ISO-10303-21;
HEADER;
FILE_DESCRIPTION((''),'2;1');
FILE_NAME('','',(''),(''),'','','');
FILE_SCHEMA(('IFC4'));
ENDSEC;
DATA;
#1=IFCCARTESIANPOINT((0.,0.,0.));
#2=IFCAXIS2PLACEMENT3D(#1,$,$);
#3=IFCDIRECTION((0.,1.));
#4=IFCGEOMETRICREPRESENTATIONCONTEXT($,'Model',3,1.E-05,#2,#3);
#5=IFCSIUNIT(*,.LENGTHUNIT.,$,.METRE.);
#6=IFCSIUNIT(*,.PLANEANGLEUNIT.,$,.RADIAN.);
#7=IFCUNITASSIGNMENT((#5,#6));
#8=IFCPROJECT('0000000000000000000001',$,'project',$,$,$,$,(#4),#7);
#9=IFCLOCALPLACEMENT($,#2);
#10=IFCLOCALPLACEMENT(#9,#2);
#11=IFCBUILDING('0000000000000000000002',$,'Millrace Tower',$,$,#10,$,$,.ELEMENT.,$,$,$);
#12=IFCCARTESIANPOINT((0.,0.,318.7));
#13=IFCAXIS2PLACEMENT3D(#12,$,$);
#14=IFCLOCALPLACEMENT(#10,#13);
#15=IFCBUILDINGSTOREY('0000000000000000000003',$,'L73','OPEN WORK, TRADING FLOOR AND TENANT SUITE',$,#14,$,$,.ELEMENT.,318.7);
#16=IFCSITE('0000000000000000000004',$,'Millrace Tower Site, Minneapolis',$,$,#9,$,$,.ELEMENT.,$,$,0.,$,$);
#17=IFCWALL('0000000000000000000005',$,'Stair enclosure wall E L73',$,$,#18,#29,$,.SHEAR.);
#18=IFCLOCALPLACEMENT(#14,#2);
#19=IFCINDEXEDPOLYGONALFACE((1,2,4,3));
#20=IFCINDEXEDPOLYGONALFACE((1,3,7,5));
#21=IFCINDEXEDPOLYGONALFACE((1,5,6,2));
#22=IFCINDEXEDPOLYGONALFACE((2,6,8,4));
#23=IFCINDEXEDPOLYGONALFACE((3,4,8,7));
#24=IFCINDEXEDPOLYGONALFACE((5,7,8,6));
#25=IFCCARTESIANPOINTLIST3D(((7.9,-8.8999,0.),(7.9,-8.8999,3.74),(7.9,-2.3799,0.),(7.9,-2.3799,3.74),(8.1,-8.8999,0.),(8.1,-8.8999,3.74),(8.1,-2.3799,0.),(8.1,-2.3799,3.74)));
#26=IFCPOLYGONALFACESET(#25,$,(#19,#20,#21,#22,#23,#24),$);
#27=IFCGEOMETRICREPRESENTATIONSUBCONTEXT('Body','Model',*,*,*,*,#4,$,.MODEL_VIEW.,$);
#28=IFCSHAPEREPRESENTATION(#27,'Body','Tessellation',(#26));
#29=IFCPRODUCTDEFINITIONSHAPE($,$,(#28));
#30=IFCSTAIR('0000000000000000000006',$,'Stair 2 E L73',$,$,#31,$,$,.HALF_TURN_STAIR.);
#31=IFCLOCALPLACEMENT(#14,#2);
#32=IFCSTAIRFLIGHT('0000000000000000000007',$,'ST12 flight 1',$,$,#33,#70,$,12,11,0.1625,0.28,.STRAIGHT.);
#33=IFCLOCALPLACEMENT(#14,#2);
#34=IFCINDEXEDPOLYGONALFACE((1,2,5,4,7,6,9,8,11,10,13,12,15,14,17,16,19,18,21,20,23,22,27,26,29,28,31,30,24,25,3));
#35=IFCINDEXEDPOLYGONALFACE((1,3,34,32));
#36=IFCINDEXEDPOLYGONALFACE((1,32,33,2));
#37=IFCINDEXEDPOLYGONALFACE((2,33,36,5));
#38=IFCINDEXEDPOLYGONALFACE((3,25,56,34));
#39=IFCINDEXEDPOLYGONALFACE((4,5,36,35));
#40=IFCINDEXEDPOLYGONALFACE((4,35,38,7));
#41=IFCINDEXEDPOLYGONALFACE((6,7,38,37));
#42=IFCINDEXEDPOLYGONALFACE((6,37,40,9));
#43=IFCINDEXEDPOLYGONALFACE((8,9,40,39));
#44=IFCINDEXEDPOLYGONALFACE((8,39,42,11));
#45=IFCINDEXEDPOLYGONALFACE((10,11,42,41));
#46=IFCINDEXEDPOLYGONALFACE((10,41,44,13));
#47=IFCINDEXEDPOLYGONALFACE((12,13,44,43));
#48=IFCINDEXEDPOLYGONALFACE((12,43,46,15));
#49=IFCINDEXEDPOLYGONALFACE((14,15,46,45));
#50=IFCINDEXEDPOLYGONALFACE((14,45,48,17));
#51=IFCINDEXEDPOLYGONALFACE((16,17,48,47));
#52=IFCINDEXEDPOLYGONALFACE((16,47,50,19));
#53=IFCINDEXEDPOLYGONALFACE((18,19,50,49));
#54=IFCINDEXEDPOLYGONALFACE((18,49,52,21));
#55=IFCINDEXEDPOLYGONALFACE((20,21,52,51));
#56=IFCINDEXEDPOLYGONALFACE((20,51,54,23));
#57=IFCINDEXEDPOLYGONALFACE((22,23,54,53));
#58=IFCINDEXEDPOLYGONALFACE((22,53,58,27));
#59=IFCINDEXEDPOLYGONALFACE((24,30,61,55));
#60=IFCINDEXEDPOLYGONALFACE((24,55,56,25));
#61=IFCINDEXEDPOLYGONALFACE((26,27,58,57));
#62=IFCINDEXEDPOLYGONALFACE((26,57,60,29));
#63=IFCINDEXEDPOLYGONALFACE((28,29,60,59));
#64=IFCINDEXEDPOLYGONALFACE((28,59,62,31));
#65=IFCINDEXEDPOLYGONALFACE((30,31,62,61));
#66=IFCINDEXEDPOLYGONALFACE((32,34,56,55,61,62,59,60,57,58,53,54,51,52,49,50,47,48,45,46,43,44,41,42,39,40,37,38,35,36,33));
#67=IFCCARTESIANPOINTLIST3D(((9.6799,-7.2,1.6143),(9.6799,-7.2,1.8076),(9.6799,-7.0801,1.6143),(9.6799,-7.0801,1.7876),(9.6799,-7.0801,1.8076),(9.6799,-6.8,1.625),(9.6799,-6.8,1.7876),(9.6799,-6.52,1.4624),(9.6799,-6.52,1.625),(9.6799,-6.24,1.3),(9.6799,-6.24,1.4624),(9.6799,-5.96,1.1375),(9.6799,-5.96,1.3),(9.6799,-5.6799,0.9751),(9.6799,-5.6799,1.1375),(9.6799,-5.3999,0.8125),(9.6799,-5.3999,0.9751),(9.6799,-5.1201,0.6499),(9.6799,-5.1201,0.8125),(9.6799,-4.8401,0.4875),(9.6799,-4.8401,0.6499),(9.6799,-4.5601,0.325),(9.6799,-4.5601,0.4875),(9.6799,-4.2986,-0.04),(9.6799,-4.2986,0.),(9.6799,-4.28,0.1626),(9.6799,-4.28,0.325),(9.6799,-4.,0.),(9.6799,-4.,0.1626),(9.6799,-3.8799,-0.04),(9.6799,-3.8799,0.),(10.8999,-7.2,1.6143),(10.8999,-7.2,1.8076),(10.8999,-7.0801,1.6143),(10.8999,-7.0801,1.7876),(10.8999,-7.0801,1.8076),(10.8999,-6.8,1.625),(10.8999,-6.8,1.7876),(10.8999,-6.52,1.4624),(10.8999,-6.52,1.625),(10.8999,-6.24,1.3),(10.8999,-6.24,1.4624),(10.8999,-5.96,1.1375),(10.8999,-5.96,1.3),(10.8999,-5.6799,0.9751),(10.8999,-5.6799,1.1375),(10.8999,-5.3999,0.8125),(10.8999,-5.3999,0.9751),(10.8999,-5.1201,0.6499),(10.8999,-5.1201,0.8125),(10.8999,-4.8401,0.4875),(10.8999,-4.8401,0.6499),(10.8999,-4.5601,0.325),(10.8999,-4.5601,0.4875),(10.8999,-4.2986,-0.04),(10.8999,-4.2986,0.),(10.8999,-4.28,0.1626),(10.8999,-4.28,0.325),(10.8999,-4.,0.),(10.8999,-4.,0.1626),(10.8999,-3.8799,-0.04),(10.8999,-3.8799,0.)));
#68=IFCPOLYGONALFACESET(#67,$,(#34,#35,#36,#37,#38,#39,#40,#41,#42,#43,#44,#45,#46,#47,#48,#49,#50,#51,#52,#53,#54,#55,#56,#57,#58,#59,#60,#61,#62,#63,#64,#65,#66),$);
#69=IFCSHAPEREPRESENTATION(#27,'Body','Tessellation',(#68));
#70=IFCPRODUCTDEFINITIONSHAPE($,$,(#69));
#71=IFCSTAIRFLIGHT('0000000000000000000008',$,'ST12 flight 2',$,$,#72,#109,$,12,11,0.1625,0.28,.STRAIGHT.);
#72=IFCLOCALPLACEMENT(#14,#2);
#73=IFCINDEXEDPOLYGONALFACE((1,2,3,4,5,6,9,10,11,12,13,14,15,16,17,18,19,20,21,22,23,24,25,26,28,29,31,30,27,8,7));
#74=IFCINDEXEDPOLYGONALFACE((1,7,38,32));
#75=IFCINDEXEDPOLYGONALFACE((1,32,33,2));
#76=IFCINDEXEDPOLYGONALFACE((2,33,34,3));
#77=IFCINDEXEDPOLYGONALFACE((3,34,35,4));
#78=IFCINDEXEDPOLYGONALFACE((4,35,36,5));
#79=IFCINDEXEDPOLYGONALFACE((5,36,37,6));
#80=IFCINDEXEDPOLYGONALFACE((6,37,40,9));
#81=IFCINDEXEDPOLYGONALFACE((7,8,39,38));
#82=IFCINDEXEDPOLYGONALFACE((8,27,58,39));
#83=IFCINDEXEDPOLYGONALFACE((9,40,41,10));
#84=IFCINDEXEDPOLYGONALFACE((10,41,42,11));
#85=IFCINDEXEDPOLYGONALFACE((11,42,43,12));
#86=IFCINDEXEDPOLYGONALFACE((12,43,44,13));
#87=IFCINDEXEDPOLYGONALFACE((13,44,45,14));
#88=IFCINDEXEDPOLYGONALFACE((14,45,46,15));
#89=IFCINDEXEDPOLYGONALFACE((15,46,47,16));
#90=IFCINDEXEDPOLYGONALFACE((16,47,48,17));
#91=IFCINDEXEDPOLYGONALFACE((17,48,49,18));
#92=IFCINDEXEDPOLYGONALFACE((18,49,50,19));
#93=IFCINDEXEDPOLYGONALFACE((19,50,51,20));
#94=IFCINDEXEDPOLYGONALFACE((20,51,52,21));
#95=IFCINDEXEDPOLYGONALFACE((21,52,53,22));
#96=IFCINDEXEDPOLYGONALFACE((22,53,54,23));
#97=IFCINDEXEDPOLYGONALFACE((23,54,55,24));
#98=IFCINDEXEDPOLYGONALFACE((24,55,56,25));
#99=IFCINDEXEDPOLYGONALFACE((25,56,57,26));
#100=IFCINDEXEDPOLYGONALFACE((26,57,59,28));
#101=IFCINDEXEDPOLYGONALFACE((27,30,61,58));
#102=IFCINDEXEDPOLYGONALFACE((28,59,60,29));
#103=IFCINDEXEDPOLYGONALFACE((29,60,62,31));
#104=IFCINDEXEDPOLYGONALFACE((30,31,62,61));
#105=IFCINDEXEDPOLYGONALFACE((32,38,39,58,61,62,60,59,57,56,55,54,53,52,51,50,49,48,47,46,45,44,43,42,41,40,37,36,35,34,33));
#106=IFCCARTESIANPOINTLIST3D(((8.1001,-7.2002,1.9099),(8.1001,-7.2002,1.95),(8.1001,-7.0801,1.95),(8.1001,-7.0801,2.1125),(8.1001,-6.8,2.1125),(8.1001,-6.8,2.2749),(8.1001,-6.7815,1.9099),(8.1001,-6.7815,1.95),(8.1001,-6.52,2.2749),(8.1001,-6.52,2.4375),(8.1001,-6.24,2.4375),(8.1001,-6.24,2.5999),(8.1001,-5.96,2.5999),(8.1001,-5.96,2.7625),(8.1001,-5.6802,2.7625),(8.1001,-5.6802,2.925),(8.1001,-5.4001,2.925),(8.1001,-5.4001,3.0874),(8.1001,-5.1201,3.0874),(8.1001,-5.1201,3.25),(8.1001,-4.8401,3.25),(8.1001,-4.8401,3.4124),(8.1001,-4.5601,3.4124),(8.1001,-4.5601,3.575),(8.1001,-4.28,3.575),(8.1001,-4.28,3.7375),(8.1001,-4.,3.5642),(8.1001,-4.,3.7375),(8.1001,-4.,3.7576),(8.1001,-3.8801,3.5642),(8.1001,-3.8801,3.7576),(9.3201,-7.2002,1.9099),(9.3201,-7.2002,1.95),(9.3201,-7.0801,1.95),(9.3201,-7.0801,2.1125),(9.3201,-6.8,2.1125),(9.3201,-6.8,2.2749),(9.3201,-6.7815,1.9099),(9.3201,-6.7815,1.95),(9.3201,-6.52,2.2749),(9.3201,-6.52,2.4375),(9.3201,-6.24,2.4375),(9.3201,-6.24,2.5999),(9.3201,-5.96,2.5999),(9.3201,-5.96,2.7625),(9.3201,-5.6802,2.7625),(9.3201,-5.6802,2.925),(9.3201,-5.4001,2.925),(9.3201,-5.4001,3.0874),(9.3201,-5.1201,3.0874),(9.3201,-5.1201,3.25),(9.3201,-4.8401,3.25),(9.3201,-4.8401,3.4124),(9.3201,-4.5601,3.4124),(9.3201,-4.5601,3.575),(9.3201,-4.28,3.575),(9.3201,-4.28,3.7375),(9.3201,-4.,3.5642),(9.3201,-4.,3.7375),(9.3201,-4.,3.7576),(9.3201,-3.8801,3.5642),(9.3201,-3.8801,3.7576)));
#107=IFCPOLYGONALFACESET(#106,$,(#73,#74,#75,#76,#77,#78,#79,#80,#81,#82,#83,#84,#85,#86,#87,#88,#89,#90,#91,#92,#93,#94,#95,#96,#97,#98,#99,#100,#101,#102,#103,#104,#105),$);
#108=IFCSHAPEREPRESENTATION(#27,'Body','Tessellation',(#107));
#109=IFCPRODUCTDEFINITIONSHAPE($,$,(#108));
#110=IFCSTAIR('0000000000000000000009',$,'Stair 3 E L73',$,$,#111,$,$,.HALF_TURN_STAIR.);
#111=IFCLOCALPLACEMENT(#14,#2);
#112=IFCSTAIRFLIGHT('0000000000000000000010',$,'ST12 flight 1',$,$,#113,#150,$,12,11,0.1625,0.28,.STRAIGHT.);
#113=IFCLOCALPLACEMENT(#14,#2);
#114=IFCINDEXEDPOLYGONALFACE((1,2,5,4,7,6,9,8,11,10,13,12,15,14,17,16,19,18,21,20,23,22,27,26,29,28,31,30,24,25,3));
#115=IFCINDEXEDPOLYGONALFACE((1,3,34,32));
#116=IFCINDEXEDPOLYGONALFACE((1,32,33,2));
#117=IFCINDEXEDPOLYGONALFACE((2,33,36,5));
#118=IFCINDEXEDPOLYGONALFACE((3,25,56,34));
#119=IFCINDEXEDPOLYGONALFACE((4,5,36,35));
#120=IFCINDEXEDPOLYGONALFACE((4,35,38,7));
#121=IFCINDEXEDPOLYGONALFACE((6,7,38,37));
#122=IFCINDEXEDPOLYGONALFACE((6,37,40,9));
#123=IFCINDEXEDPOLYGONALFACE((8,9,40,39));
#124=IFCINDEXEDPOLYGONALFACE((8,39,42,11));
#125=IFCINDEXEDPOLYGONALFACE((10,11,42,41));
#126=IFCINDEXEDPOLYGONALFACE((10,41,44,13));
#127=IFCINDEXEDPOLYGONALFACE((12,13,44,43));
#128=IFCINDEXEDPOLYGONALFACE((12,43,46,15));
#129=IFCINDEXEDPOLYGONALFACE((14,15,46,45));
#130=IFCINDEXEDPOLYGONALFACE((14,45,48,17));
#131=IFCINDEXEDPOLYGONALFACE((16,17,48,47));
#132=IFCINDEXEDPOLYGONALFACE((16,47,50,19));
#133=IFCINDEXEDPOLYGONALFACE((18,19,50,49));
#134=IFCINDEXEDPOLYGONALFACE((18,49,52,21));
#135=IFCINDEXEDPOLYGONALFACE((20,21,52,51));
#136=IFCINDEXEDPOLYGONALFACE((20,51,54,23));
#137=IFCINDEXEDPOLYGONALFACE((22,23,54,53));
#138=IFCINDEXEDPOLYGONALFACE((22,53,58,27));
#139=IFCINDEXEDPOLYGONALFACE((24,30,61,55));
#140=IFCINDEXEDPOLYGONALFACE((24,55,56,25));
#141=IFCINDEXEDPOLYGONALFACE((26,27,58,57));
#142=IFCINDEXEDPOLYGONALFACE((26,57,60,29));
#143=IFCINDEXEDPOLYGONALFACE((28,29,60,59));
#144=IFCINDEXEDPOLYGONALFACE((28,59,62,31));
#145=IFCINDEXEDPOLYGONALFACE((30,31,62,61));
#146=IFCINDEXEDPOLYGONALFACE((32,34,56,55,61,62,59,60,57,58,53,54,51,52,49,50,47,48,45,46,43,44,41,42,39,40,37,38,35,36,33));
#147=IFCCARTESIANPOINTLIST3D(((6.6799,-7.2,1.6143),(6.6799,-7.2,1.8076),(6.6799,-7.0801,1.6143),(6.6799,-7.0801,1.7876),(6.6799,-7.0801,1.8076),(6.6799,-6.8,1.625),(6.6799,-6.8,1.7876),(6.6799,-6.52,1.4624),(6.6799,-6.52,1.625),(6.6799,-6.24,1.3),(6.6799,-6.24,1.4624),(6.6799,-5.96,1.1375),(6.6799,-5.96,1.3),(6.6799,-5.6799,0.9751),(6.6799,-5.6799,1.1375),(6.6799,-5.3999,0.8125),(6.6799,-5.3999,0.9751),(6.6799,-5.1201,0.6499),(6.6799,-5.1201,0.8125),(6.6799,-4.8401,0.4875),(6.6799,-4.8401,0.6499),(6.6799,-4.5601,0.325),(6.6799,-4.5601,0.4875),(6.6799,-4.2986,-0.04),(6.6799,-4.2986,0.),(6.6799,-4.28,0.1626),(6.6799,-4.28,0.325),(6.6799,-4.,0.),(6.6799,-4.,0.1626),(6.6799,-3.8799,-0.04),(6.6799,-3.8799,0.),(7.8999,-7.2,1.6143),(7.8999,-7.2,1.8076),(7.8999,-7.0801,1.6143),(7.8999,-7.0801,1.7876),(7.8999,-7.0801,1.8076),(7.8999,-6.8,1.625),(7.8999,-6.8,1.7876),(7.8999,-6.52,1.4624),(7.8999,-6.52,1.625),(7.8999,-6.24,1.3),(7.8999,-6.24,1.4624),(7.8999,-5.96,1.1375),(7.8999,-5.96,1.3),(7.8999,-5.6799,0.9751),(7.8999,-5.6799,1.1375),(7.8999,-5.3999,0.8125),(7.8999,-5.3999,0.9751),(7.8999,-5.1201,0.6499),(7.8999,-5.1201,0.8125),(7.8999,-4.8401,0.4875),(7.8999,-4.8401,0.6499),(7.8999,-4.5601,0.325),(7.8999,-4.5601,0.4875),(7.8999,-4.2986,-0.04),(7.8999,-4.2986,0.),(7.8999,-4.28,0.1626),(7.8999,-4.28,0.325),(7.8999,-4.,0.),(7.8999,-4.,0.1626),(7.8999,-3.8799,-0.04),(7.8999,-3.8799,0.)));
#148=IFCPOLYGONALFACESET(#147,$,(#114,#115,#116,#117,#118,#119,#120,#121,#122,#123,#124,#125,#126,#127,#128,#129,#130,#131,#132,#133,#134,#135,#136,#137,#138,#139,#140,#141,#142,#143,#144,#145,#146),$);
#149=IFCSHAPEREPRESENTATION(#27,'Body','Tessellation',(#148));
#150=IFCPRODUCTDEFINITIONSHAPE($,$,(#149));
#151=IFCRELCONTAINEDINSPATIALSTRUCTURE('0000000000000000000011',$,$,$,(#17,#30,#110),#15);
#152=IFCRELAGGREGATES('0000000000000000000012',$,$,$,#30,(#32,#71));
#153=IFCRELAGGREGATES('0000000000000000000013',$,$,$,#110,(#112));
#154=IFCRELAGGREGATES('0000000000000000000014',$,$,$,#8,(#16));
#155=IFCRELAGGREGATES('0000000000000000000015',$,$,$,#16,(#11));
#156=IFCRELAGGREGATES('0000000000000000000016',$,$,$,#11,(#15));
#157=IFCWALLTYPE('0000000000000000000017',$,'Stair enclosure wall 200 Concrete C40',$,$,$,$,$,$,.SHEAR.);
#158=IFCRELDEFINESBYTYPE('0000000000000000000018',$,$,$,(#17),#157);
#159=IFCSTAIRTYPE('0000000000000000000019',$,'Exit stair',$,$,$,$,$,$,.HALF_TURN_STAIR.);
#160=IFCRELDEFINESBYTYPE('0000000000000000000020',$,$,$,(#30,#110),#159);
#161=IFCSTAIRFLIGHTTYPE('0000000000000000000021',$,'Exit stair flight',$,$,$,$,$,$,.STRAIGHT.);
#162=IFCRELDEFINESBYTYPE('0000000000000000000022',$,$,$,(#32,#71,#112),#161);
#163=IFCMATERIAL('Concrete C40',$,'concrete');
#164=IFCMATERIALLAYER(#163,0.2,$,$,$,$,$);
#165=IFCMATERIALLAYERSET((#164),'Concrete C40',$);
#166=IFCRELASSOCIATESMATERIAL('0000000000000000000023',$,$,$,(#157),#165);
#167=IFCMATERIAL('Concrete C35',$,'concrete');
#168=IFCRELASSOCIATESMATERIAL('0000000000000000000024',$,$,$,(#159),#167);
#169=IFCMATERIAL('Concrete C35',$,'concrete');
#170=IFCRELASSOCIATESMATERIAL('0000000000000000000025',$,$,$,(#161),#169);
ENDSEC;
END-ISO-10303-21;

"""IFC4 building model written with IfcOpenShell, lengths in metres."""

from ifc_helpers import new_model, si_unit, direction, frame, frame_2d, origin, place, context, subcontext, project, spatial, polyline, rectangle, outline, extrude, material, layer, layer_set, type_object, element, aggregate, save


model = new_model("IFC4")

# Units and contexts
model_context = context("Model", 3, precision=1e-05, world=origin(), true_north=direction((0.0, 1.0)))
body_context = subcontext(model_context, "Body", "Model", "MODEL_VIEW")
ifc_project = project(units=[si_unit("LENGTHUNIT", "METRE"), si_unit("PLANEANGLEUNIT", "RADIAN")], contexts=[model_context])

# Site, building, storey
site_placement = place(None, origin())
site = spatial("IfcSite", under=ifc_project, at=site_placement, Name="Millrace Tower Site, Minneapolis", CompositionType="ELEMENT", RefElevation=0.0)
building_placement = place(site_placement, origin())
building = spatial("IfcBuilding", under=site, at=building_placement, Name="Millrace Tower", CompositionType="ELEMENT")
storey_placement = place(building_placement, frame((0.0, 0.0, 318.7)))
storey = spatial("IfcBuildingStorey", under=building, at=storey_placement, Name="L73", Description="OPEN WORK, TRADING FLOOR AND TENANT SUITE", CompositionType="ELEMENT", Elevation=318.7)

# Shared definitions
placement = place(storey_placement, origin())

# Wall
ifc_material_1 = material(Name="Concrete C40", Category="concrete")
ifc_layer_1 = layer(ifc_material_1, 0.2)
ifc_layer_set_1 = layer_set([ifc_layer_1], Name="Concrete C40")
wall_type_1 = type_object("IfcWallType", Name="Stair enclosure wall 200 Concrete C40", PredefinedType="SHEAR", material=ifc_layer_set_1)
wall_1_placement = place(storey_placement, frame((8.0, -2.3799, 0.0), z_axis=(0.0, 0.0, 1.0), x_axis=(0.0, -1.0, 0.0)))
element("IfcWall", 1, at=wall_1_placement, inside=storey, type_object=wall_type_1, Name="Stair enclosure wall E L73", PredefinedType="SHEAR", context=body_context, shape_type="SweptSolid", body=[
    extrude(rectangle(XDim=6.52, YDim=0.2, at=frame_2d((3.26, 0.0))), origin(), (0.0, 0.0, 1.0), 3.74),
])

# Stairs, stair flights
ifc_material_2 = material(Name="Concrete C35", Category="concrete")
stair_type = type_object("IfcStairType", Name="Exit stair", PredefinedType="HALF_TURN_STAIR", material=ifc_material_2)
stair_1 = element("IfcStair", 2, at=placement, inside=storey, type_object=stair_type, Name="Stair 2 E L73", PredefinedType="HALF_TURN_STAIR")
ifc_material_3 = material(Name="Concrete C35", Category="concrete")
stair_flight_type = type_object("IfcStairFlightType", Name="Exit stair flight", PredefinedType="STRAIGHT", material=ifc_material_3)
stair_flight_1_placement = place(storey_placement, frame((10.29, -4.0, 0.0), z_axis=(0.0, 0.0, 1.0), x_axis=(0.0, -1.0, 0.0)))
stair_flight_1 = element("IfcStairFlight", 3, at=stair_flight_1_placement, type_object=stair_flight_type, Name="ST12 flight 1", NumberOfRisers=12, NumberOfTreads=11, PredefinedType="STRAIGHT", RiserHeight=0.1625, TreadLength=0.28, context=body_context, shape_type="SweptSolid", body=[
    extrude(outline(polyline([(-0.1201, -0.04), (-0.1201, 0.0), (0.0, 0.0), (0.0, 0.1626), (0.28, 0.1626), (0.28, 0.325), (0.5601, 0.325), (0.5601, 0.4875), (0.8401, 0.4875), (0.8401, 0.6499), (1.1201, 0.6499), (1.1201, 0.8125), (1.3999, 0.8125), (1.3999, 0.9751), (1.6799, 0.9751), (1.6799, 1.1375), (1.96, 1.1375), (1.96, 1.3), (2.24, 1.3), (2.24, 1.4624), (2.52, 1.4624), (2.52, 1.625), (2.8, 1.625), (2.8, 1.7876), (3.0801, 1.7876), (3.0801, 1.8076), (3.2, 1.8076), (3.2, 1.6143), (3.0801, 1.6143), (0.2986, 0.0), (0.2986, -0.04), (-0.1201, -0.04)])), frame((0.0, 0.6099, 0.0), z_axis=(0.0, -1.0, 0.0), x_axis=(1.0, 0.0, 0.0)), (0.0, 0.0, 1.0), 1.22),
])
stair_flight_2_placement = place(storey_placement, frame((8.71, -7.0801, 1.95), z_axis=(0.0, 0.0, 1.0), x_axis=(0.0, 1.0, 0.0)))
stair_flight_2 = element("IfcStairFlight", 4, at=stair_flight_2_placement, type_object=stair_flight_type, Name="ST12 flight 2", NumberOfRisers=12, NumberOfTreads=11, PredefinedType="STRAIGHT", RiserHeight=0.1625, TreadLength=0.28, context=body_context, shape_type="SweptSolid", body=[
    extrude(outline(polyline([(-0.1201, -0.04), (-0.1201, 0.0), (0.0, 0.0), (0.0, 0.1626), (0.28, 0.1626), (0.28, 0.325), (0.5601, 0.325), (0.5601, 0.4875), (0.8401, 0.4875), (0.8401, 0.6499), (1.1201, 0.6499), (1.1201, 0.8125), (1.3999, 0.8125), (1.3999, 0.9751), (1.6799, 0.9751), (1.6799, 1.1375), (1.96, 1.1375), (1.96, 1.3), (2.24, 1.3), (2.24, 1.4624), (2.52, 1.4624), (2.52, 1.625), (2.8, 1.625), (2.8, 1.7876), (3.0801, 1.7876), (3.0801, 1.8076), (3.2, 1.8076), (3.2, 1.6143), (3.0801, 1.6143), (0.2986, 0.0), (0.2986, -0.04), (-0.1201, -0.04)])), frame((0.0, 0.6099, 0.0), z_axis=(0.0, -1.0, 0.0), x_axis=(1.0, 0.0, 0.0)), (0.0, 0.0, 1.0), 1.22),
])
aggregate(stair_1, [stair_flight_1, stair_flight_2])
stair_2 = element("IfcStair", 5, at=placement, inside=storey, type_object=stair_type, Name="Stair 3 E L73", PredefinedType="HALF_TURN_STAIR")
stair_flight_3_placement = place(storey_placement, frame((7.29, -4.0, 0.0), z_axis=(0.0, 0.0, 1.0), x_axis=(0.0, -1.0, 0.0)))
stair_flight_3 = element("IfcStairFlight", 6, at=stair_flight_3_placement, type_object=stair_flight_type, Name="ST12 flight 1", NumberOfRisers=12, NumberOfTreads=11, PredefinedType="STRAIGHT", RiserHeight=0.1625, TreadLength=0.28, context=body_context, shape_type="SweptSolid", body=[
    extrude(outline(polyline([(-0.1201, -0.04), (-0.1201, 0.0), (0.0, 0.0), (0.0, 0.1626), (0.28, 0.1626), (0.28, 0.325), (0.5601, 0.325), (0.5601, 0.4875), (0.8401, 0.4875), (0.8401, 0.6499), (1.1201, 0.6499), (1.1201, 0.8125), (1.3999, 0.8125), (1.3999, 0.9751), (1.6799, 0.9751), (1.6799, 1.1375), (1.96, 1.1375), (1.96, 1.3), (2.24, 1.3), (2.24, 1.4624), (2.52, 1.4624), (2.52, 1.625), (2.8, 1.625), (2.8, 1.7876), (3.0801, 1.7876), (3.0801, 1.8076), (3.2, 1.8076), (3.2, 1.6143), (3.0801, 1.6143), (0.2986, 0.0), (0.2986, -0.04), (-0.1201, -0.04)])), frame((0.0, 0.6099, 0.0), z_axis=(0.0, -1.0, 0.0), x_axis=(1.0, 0.0, 0.0)), (0.0, 0.0, 1.0), 1.22),
])
aggregate(stair_2, [stair_flight_3])

save(model, "model.ifc")
